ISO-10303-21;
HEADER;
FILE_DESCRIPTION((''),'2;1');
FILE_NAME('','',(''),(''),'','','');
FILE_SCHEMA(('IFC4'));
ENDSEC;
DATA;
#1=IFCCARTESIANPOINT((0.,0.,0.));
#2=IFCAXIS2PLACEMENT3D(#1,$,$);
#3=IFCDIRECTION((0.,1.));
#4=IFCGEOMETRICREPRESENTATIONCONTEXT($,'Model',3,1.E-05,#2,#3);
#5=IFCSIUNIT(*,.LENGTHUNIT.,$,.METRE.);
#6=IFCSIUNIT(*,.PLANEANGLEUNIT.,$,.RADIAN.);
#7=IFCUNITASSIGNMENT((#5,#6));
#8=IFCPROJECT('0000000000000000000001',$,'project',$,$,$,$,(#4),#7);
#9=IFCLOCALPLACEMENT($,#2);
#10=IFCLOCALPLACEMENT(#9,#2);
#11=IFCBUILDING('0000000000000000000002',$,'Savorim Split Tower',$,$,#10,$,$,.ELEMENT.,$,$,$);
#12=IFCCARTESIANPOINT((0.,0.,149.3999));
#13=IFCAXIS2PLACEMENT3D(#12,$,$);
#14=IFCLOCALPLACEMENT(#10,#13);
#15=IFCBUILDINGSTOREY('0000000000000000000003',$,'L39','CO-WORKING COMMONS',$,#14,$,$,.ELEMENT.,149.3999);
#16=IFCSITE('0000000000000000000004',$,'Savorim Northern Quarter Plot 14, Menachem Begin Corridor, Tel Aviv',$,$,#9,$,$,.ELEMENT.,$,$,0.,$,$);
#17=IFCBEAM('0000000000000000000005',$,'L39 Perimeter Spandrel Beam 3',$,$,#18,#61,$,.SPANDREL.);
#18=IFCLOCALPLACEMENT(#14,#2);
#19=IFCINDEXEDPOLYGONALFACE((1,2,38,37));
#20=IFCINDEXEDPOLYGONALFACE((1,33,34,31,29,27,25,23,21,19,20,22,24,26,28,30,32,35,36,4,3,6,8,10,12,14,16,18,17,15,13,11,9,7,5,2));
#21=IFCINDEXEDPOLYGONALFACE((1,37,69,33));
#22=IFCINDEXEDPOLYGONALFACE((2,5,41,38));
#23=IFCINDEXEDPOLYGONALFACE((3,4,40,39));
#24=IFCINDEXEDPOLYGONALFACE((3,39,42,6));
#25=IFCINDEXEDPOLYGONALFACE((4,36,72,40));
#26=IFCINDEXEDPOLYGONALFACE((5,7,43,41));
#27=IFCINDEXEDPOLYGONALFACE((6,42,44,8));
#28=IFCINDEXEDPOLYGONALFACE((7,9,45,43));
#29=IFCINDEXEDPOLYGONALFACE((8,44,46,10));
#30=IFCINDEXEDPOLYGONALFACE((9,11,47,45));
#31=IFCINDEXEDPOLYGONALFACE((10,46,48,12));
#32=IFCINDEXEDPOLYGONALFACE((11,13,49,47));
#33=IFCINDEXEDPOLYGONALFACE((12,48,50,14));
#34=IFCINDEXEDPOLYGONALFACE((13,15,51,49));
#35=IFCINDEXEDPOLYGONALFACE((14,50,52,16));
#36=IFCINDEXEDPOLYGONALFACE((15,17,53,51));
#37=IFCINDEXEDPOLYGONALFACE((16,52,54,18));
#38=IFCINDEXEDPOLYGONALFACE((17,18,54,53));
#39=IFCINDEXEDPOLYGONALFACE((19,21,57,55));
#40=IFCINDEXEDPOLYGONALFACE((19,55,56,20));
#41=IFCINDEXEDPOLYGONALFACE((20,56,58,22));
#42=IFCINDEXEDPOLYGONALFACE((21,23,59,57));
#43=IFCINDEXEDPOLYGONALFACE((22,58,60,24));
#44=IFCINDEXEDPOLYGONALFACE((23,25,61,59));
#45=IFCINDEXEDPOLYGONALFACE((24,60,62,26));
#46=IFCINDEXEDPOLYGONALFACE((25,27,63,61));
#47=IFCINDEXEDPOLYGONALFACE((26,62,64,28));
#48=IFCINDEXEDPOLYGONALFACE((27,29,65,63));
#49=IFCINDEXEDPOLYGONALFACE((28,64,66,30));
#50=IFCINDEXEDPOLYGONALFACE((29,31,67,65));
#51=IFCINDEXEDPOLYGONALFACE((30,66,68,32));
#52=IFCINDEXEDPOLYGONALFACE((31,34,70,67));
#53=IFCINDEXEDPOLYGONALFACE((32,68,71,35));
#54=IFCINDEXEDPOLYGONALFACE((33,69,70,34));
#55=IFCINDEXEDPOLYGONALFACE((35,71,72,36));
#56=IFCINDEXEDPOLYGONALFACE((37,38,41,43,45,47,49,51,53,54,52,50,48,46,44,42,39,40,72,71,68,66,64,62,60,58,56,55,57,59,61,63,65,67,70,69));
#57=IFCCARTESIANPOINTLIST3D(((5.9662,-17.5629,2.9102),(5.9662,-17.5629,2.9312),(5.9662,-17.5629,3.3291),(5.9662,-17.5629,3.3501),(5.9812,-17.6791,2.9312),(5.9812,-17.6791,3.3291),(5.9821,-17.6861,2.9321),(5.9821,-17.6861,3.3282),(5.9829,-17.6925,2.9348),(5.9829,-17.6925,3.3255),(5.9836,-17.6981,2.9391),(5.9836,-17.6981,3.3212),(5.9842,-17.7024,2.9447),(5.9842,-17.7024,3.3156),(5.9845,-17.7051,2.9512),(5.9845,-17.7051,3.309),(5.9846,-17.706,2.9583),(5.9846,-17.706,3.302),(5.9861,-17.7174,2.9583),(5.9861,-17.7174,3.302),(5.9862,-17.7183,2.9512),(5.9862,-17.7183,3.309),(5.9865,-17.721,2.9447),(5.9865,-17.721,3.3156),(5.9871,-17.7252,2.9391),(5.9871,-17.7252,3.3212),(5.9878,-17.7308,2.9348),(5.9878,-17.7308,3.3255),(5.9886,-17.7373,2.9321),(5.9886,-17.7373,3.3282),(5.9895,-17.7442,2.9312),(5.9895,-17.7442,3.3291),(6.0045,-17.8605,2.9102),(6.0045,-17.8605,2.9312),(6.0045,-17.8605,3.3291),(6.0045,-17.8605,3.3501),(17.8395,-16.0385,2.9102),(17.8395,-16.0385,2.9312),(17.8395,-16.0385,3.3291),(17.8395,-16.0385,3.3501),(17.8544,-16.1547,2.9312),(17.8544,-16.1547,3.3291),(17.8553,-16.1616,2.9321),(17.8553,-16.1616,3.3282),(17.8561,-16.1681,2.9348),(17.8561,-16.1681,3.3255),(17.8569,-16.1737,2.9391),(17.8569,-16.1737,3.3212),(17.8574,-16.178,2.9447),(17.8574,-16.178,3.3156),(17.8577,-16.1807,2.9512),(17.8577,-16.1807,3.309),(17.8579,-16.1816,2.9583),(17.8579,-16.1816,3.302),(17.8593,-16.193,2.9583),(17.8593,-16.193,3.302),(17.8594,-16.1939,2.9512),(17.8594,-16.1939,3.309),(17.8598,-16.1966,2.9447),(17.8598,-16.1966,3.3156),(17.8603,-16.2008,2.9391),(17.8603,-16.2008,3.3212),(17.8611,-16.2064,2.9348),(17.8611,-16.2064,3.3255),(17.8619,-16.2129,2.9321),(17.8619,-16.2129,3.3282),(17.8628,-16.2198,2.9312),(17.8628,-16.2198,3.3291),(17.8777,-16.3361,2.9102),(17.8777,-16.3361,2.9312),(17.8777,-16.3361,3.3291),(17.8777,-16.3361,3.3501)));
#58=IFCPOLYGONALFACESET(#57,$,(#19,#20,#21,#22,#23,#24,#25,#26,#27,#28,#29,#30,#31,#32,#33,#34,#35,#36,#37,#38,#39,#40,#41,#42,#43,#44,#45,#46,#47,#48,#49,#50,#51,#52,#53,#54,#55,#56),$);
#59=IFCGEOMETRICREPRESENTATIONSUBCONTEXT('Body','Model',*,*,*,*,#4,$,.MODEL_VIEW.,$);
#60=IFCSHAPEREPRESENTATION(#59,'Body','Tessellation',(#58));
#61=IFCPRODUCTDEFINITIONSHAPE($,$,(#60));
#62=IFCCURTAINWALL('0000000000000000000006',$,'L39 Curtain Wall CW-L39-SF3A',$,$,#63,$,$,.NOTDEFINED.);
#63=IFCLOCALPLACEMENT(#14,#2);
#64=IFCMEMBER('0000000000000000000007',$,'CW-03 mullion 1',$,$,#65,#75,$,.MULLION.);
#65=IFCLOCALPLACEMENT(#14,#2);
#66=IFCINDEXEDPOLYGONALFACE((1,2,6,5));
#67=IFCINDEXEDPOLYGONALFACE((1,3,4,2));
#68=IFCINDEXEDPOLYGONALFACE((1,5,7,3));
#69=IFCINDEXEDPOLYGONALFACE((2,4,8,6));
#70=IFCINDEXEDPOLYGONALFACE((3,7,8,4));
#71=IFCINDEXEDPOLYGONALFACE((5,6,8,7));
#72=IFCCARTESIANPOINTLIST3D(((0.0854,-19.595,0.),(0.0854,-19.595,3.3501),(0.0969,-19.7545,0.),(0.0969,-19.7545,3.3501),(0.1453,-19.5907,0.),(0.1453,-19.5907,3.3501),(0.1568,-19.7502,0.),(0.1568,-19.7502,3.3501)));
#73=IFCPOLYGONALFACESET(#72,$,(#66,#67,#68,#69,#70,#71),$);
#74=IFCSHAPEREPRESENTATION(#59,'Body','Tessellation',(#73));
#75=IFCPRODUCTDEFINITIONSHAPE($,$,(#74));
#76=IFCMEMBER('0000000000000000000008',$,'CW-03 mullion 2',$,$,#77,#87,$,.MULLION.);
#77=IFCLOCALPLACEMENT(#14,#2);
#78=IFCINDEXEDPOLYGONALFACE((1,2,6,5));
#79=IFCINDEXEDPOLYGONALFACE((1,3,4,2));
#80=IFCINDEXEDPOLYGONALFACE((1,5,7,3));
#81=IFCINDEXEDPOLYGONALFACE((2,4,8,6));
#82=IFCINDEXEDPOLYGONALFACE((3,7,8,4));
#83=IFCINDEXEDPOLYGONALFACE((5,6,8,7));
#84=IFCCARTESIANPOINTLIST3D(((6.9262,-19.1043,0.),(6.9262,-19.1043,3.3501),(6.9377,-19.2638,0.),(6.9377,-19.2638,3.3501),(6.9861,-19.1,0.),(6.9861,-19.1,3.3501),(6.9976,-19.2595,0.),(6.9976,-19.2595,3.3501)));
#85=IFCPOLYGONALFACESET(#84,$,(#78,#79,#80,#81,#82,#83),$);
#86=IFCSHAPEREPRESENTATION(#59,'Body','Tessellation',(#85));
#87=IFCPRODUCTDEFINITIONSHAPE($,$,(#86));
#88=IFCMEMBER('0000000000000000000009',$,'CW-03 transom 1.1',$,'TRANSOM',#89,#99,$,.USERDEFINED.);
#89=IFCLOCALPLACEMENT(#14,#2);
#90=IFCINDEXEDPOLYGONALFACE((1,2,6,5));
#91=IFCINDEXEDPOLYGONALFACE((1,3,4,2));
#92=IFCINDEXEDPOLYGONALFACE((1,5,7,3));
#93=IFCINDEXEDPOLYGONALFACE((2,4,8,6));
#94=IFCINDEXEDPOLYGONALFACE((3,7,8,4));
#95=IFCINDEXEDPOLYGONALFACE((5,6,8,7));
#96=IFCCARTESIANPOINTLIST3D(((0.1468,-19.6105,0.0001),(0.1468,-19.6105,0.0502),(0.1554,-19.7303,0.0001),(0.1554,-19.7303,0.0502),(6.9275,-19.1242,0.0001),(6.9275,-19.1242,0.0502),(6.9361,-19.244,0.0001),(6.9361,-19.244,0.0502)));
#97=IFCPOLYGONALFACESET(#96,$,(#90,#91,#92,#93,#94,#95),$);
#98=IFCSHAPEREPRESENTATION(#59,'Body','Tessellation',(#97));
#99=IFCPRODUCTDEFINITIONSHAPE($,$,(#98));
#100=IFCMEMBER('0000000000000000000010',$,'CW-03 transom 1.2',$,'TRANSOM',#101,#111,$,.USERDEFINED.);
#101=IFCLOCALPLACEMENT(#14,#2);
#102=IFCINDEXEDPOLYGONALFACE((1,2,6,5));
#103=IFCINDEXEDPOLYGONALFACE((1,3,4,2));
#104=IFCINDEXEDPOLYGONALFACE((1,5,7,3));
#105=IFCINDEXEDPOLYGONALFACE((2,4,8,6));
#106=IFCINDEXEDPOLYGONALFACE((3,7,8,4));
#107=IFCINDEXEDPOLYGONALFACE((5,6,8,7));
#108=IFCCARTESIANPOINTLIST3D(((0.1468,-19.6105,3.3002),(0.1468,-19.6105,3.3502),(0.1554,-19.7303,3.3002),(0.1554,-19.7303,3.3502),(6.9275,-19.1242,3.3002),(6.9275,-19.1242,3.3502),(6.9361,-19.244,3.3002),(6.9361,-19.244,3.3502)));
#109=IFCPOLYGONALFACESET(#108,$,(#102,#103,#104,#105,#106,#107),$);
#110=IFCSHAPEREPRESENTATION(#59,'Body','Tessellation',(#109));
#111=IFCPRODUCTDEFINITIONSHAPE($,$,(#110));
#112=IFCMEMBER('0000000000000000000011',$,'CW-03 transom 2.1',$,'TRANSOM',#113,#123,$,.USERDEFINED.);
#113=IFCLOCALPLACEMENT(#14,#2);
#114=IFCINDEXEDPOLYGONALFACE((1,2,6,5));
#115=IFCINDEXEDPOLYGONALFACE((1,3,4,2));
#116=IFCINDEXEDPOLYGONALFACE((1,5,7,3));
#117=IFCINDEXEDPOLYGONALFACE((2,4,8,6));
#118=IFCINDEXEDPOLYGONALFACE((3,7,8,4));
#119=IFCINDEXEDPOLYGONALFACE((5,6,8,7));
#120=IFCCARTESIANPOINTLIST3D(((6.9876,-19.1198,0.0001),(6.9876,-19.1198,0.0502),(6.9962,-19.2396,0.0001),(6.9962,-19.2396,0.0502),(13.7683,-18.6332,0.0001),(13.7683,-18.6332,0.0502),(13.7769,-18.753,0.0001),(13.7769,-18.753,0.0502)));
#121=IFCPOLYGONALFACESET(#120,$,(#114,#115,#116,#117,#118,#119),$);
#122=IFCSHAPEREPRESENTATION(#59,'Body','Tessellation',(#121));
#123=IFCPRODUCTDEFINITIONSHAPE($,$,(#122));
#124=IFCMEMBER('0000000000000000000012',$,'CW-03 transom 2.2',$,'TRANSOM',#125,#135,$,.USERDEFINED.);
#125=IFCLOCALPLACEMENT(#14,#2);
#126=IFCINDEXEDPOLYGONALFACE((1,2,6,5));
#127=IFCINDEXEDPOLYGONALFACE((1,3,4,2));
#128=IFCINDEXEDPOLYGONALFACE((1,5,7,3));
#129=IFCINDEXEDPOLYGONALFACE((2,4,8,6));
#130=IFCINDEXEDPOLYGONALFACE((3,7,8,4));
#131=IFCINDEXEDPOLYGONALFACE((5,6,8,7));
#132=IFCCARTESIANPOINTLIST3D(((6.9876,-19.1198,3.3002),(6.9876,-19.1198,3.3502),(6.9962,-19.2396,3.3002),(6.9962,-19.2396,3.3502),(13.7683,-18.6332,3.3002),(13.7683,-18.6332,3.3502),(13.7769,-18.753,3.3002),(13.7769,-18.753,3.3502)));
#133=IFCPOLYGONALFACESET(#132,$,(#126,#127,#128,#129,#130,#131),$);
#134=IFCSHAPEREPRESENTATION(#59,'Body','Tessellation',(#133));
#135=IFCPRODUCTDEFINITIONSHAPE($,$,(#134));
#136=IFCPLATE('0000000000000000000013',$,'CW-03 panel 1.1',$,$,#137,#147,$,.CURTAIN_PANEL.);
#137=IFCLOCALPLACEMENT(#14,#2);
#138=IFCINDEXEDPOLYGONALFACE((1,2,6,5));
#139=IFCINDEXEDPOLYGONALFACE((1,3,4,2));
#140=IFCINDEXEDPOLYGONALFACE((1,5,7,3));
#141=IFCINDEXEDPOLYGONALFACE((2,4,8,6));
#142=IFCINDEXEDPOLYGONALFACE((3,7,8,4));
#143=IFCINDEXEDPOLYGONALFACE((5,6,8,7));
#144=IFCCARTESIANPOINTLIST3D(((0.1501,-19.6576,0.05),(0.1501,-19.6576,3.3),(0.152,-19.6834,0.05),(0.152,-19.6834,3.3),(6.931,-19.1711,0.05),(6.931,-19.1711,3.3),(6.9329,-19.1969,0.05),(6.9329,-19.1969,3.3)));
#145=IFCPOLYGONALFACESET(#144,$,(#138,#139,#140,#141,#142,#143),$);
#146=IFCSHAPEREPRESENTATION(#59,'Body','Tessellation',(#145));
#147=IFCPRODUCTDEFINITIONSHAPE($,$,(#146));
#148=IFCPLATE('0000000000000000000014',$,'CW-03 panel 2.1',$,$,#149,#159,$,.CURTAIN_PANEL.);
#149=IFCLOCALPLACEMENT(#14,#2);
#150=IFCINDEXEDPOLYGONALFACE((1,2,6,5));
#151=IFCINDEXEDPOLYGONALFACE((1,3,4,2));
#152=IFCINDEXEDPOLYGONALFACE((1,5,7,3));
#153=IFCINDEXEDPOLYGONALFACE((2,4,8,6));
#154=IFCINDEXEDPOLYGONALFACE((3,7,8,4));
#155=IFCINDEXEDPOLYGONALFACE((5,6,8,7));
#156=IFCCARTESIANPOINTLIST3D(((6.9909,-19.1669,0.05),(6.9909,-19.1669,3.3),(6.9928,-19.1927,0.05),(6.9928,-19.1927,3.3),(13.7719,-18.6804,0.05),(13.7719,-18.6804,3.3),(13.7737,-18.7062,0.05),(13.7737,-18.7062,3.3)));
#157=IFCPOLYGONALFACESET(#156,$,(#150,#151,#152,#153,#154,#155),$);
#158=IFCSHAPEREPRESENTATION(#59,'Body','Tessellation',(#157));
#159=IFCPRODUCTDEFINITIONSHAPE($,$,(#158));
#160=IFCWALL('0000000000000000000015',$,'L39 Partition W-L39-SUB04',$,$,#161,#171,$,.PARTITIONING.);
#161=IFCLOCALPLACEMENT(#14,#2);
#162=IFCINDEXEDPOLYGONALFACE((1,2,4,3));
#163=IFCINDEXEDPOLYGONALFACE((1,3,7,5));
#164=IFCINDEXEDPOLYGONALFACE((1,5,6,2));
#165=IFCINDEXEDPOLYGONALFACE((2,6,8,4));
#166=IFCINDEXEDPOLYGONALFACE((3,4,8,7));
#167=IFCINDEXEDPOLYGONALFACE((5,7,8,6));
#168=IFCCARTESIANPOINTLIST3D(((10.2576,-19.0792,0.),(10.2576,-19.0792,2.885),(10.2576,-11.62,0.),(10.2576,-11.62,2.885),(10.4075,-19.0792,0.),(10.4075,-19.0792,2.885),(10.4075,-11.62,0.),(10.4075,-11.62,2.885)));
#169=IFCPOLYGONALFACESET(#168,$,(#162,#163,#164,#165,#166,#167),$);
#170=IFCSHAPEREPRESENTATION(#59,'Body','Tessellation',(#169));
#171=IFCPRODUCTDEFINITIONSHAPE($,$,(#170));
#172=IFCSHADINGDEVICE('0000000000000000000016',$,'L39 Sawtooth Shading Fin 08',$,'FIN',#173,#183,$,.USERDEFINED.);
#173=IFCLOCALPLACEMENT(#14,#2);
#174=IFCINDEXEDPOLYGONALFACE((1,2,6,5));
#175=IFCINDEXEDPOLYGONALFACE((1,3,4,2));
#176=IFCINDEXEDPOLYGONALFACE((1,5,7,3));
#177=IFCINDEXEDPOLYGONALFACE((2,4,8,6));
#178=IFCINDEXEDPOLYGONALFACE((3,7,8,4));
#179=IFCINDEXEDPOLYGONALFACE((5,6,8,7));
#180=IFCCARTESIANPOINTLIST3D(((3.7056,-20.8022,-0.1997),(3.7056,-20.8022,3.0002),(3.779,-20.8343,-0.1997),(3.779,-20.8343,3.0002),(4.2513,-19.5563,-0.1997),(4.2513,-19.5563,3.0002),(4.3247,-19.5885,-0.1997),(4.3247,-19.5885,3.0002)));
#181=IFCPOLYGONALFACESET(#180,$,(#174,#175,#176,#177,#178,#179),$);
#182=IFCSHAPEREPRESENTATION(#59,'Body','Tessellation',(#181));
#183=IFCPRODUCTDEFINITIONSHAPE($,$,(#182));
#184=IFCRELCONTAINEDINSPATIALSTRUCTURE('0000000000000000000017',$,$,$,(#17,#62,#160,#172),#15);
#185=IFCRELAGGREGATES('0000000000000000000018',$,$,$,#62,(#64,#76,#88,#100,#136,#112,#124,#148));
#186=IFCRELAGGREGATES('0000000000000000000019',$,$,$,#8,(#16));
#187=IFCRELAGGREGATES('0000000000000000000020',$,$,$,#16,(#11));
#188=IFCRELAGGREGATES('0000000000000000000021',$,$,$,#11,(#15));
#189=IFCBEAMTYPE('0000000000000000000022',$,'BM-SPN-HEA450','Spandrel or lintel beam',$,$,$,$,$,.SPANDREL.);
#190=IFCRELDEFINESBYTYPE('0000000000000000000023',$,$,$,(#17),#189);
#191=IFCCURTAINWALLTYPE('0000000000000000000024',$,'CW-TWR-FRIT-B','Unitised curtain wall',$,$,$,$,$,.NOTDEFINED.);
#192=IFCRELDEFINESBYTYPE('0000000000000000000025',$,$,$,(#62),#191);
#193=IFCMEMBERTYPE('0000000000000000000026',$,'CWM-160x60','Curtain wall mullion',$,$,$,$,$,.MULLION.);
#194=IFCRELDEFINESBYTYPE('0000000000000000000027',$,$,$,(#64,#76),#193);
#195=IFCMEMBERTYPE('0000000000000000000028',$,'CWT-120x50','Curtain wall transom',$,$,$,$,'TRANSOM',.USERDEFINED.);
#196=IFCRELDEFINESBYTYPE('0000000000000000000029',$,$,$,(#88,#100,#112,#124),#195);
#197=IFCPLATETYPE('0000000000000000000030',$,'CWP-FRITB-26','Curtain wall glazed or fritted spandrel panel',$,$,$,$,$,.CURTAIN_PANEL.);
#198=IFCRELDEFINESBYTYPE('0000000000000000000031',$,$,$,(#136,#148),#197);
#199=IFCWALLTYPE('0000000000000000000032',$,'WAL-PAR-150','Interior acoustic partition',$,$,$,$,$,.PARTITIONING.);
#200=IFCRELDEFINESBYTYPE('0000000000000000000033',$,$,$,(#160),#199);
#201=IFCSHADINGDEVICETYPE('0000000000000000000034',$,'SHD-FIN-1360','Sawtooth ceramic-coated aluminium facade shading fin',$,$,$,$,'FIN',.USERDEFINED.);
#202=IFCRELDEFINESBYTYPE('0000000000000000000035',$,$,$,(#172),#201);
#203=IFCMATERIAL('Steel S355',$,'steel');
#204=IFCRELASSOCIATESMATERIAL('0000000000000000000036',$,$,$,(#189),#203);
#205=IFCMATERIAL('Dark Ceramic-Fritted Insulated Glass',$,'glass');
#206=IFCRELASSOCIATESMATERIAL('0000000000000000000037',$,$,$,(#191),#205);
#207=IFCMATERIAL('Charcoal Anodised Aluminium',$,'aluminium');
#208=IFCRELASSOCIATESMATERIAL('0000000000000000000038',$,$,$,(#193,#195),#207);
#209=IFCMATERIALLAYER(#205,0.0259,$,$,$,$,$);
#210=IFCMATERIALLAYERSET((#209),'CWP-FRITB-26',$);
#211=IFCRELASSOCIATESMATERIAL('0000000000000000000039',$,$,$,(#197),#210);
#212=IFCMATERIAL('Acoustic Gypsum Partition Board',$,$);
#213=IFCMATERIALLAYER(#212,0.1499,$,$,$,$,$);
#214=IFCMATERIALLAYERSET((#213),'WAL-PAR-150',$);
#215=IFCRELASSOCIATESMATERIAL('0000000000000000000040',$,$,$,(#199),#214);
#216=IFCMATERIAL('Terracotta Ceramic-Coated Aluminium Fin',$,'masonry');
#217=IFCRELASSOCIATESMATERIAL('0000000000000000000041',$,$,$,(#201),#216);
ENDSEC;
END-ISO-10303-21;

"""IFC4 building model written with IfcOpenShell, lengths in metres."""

from ifc_helpers import new_model, si_unit, direction, frame, frame_2d, origin, origin_2d, place, context, subcontext, project, spatial, rectangle, i_section, extrude, material, layer, layer_set, material_profile, profile_set, type_object, element, aggregate, save


model = new_model("IFC4")

# Units and contexts
model_context = context("Model", 3, precision=1e-05, world=origin(), true_north=direction((0.0, 1.0)))
body_context = subcontext(model_context, "Body", "Model", "MODEL_VIEW")
ifc_project = project(units=[si_unit("LENGTHUNIT", "METRE"), si_unit("PLANEANGLEUNIT", "RADIAN")], contexts=[model_context])

# Site, building, storey
site_placement = place(None, origin())
site = spatial("IfcSite", under=ifc_project, at=site_placement, Name="Savorim Northern Quarter Plot 14, Menachem Begin Corridor, Tel Aviv", CompositionType="ELEMENT", RefElevation=0.0)
building_placement = place(site_placement, origin())
building = spatial("IfcBuilding", under=site, at=building_placement, Name="Savorim Split Tower", CompositionType="ELEMENT")
storey_placement = place(building_placement, frame((0.0, 0.0, 149.3999)))
storey = spatial("IfcBuildingStorey", under=building, at=storey_placement, Name="L39", Description="CO-WORKING COMMONS", CompositionType="ELEMENT", Elevation=149.3999)

# Beam
ifc_material_1 = material(Name="Steel S355", Category="steel")
ifc_material_profile_1 = material_profile(ifc_material_1, i_section(OverallWidth=0.3, OverallDepth=0.4399, WebThickness=0.0115, FlangeThickness=0.021, FilletRadius=0.0271, at=origin_2d()), Name="HEA 450")
ifc_profile_set_1 = profile_set([ifc_material_profile_1], Name="Steel S355")
beam_type_1 = type_object("IfcBeamType", Name="BM-SPN-HEA450", Description="Spandrel or lintel beam", PredefinedType="SPANDREL", material=ifc_profile_set_1)
beam_1_placement = place(storey_placement, frame((5.9854, -17.7117, 3.1301), z_axis=(0.991858, 0.127345, 0.0), x_axis=(-0.127345, 0.991858, 0.0)))
element("IfcBeam", 1, at=beam_1_placement, inside=storey, type_object=beam_type_1, Name="L39 Perimeter Spandrel Beam 3", PredefinedType="SPANDREL", context=body_context, shape_type="SweptSolid", body=[
    extrude(i_section(OverallWidth=0.3, OverallDepth=0.4399, WebThickness=0.0115, FlangeThickness=0.021, FilletRadius=0.0271, at=origin_2d()), origin(), (0.0, 0.0, 1.0), 11.9707),
])

# Curtain wall, members, plates
ifc_material_2 = material(Name="Dark Ceramic-Fritted Insulated Glass", Category="glass")
curtain_wall_type = type_object("IfcCurtainWallType", Name="CW-TWR-FRIT-B", Description="Unitised curtain wall", PredefinedType="NOTDEFINED", material=ifc_material_2)
curtain_wall_placement = place(storey_placement, origin())
curtain_wall = element("IfcCurtainWall", 2, at=curtain_wall_placement, inside=storey, type_object=curtain_wall_type, Name="L39 Curtain Wall CW-L39-SF3A", PredefinedType="NOTDEFINED")
ifc_material_3 = material(Name="Charcoal Anodised Aluminium", Category="aluminium")
ifc_material_profile_2 = material_profile(ifc_material_3, rectangle(XDim=0.1599, YDim=0.0601, at=origin_2d()), Name="ALU-M 160x60")
ifc_profile_set_2 = profile_set([ifc_material_profile_2], Name="Charcoal Anodised Aluminium")
member_type_1 = type_object("IfcMemberType", Name="CWM-160x60", Description="Curtain wall mullion", PredefinedType="MULLION", material=ifc_profile_set_2)
member_1_placement = place(storey_placement, frame((0.1211, -19.6726, 0.0), z_axis=(0.0, 0.0, 1.0), x_axis=(-0.071563, 0.997436, 0.0)))
member_1 = element("IfcMember", 3, at=member_1_placement, type_object=member_type_1, Name="CW-03 mullion 1", PredefinedType="MULLION", context=body_context, shape_type="SweptSolid", body=[
    extrude(rectangle(XDim=0.1599, YDim=0.0601, at=origin_2d()), origin(), (0.0, 0.0, 1.0), 3.3501),
])
member_2_placement = place(storey_placement, frame((6.9619, -19.1819, 0.0), z_axis=(0.0, 0.0, 1.0), x_axis=(-0.071563, 0.997436, 0.0)))
member_2 = element("IfcMember", 4, at=member_2_placement, type_object=member_type_1, Name="CW-03 mullion 2", PredefinedType="MULLION", context=body_context, shape_type="SweptSolid", body=[
    extrude(rectangle(XDim=0.1599, YDim=0.0601, at=origin_2d()), origin(), (0.0, 0.0, 1.0), 3.3501),
])
ifc_material_profile_3 = material_profile(ifc_material_3, rectangle(XDim=0.1201, YDim=0.05, at=origin_2d()), Name="ALU-T 120x50")
ifc_profile_set_3 = profile_set([ifc_material_profile_3], Name="Charcoal Anodised Aluminium")
member_type_2 = type_object("IfcMemberType", Name="CWT-120x50", Description="Curtain wall transom", ElementType="TRANSOM", PredefinedType="USERDEFINED", material=ifc_profile_set_3)
member_3_placement = place(storey_placement, frame((0.1511, -19.6704, 0.0251), z_axis=(0.997438, 0.071538, 0.0), x_axis=(-0.071538, 0.997438, 0.0)))
member_3 = element("IfcMember", 5, at=member_3_placement, type_object=member_type_2, Name="CW-03 transom 1.1", ObjectType="TRANSOM", PredefinedType="USERDEFINED", context=body_context, shape_type="SweptSolid", body=[
    extrude(rectangle(XDim=0.1201, YDim=0.05, at=origin_2d()), origin(), (0.0, 0.0, 1.0), 6.7981),
])
member_4_placement = place(storey_placement, frame((0.1511, -19.6704, 3.3252), z_axis=(0.997438, 0.071538, 0.0), x_axis=(-0.071538, 0.997438, 0.0)))
member_4 = element("IfcMember", 6, at=member_4_placement, type_object=member_type_2, Name="CW-03 transom 1.2", ObjectType="TRANSOM", PredefinedType="USERDEFINED", context=body_context, shape_type="SweptSolid", body=[
    extrude(rectangle(XDim=0.1201, YDim=0.05, at=origin_2d()), origin(), (0.0, 0.0, 1.0), 6.7981),
])
member_5_placement = place(storey_placement, frame((6.9919, -19.1797, 0.0251), z_axis=(0.997435, 0.071574, 0.0), x_axis=(-0.071574, 0.997435, 0.0)))
member_5 = element("IfcMember", 7, at=member_5_placement, type_object=member_type_2, Name="CW-03 transom 2.1", ObjectType="TRANSOM", PredefinedType="USERDEFINED", context=body_context, shape_type="SweptSolid", body=[
    extrude(rectangle(XDim=0.1201, YDim=0.05, at=origin_2d()), origin(), (0.0, 0.0, 1.0), 6.7981),
])
member_6_placement = place(storey_placement, frame((6.9919, -19.1797, 3.3252), z_axis=(0.997435, 0.071574, 0.0), x_axis=(-0.071574, 0.997435, 0.0)))
member_6 = element("IfcMember", 8, at=member_6_placement, type_object=member_type_2, Name="CW-03 transom 2.2", ObjectType="TRANSOM", PredefinedType="USERDEFINED", context=body_context, shape_type="SweptSolid", body=[
    extrude(rectangle(XDim=0.1201, YDim=0.05, at=origin_2d()), origin(), (0.0, 0.0, 1.0), 6.7981),
])
ifc_layer_1 = layer(ifc_material_2, 0.0259)
ifc_layer_set_1 = layer_set([ifc_layer_1], Name="CWP-FRITB-26")
plate_type = type_object("IfcPlateType", Name="CWP-FRITB-26", Description="Curtain wall glazed or fritted spandrel panel", PredefinedType="CURTAIN_PANEL", material=ifc_layer_set_1)
plate_1_placement = place(storey_placement, frame((3.5415, -19.4272, 0.05), z_axis=(0.0, 0.0, 1.0), x_axis=(0.997436, 0.071563, 0.0)))
plate_1 = element("IfcPlate", 9, at=plate_1_placement, type_object=plate_type, Name="CW-03 panel 1.1", PredefinedType="CURTAIN_PANEL", context=body_context, shape_type="SweptSolid", body=[
    extrude(rectangle(XDim=6.7983, YDim=0.0259, at=origin_2d()), origin(), (0.0, 0.0, 1.0), 3.25),
])
plate_2_placement = place(storey_placement, frame((10.3823, -18.9365, 0.05), z_axis=(0.0, 0.0, 1.0), x_axis=(0.997436, 0.071563, 0.0)))
plate_2 = element("IfcPlate", 10, at=plate_2_placement, type_object=plate_type, Name="CW-03 panel 2.1", PredefinedType="CURTAIN_PANEL", context=body_context, shape_type="SweptSolid", body=[
    extrude(rectangle(XDim=6.7983, YDim=0.0259, at=origin_2d()), origin(), (0.0, 0.0, 1.0), 3.25),
])
aggregate(curtain_wall, [member_1, member_2, member_3, member_4, plate_1, member_5, member_6, plate_2])

# Wall
ifc_material_4 = material(Name="Acoustic Gypsum Partition Board")
ifc_layer_2 = layer(ifc_material_4, 0.1499)
ifc_layer_set_2 = layer_set([ifc_layer_2], Name="WAL-PAR-150")
wall_type = type_object("IfcWallType", Name="WAL-PAR-150", Description="Interior acoustic partition", PredefinedType="PARTITIONING", material=ifc_layer_set_2)
wall_placement = place(storey_placement, frame((10.3325, -11.6201, 0.0), z_axis=(0.0, 0.0, 1.0), x_axis=(0.0, -1.0, 0.0)))
element("IfcWall", 11, at=wall_placement, inside=storey, type_object=wall_type, Name="L39 Partition W-L39-SUB04", PredefinedType="PARTITIONING", context=body_context, shape_type="SweptSolid", body=[
    extrude(rectangle(XDim=7.4592, YDim=0.1499, at=frame_2d((3.7295, 0.0))), origin(), (0.0, 0.0, 1.0), 2.885),
])

# Shading device
ifc_material_5 = material(Name="Terracotta Ceramic-Coated Aluminium Fin", Category="masonry")
shading_device_type = type_object("IfcShadingDeviceType", Name="SHD-FIN-1360", Description="Sawtooth ceramic-coated aluminium facade shading fin", ElementType="FIN", PredefinedType="USERDEFINED", material=ifc_material_5)
for number, where, z_axis, x_axis, name in (
    (12, (4.0151, -20.1953, -0.1997), (0.0, 0.0, 1.0), (-0.40123, -0.915977, 0.0), "L39 Sawtooth Shading Fin 08"),
):
    element("IfcShadingDevice", number, at=place(storey_placement, frame(where, z_axis=z_axis, x_axis=x_axis)), inside=storey, type_object=shading_device_type, Name=name, ObjectType="FIN", PredefinedType="USERDEFINED", context=body_context, shape_type="SweptSolid", body=[
        extrude(rectangle(XDim=1.3601, YDim=0.0801, at=origin_2d()), origin(), (0.0, 0.0, 1.0), 3.2),
    ])

save(model, "model.ifc")
